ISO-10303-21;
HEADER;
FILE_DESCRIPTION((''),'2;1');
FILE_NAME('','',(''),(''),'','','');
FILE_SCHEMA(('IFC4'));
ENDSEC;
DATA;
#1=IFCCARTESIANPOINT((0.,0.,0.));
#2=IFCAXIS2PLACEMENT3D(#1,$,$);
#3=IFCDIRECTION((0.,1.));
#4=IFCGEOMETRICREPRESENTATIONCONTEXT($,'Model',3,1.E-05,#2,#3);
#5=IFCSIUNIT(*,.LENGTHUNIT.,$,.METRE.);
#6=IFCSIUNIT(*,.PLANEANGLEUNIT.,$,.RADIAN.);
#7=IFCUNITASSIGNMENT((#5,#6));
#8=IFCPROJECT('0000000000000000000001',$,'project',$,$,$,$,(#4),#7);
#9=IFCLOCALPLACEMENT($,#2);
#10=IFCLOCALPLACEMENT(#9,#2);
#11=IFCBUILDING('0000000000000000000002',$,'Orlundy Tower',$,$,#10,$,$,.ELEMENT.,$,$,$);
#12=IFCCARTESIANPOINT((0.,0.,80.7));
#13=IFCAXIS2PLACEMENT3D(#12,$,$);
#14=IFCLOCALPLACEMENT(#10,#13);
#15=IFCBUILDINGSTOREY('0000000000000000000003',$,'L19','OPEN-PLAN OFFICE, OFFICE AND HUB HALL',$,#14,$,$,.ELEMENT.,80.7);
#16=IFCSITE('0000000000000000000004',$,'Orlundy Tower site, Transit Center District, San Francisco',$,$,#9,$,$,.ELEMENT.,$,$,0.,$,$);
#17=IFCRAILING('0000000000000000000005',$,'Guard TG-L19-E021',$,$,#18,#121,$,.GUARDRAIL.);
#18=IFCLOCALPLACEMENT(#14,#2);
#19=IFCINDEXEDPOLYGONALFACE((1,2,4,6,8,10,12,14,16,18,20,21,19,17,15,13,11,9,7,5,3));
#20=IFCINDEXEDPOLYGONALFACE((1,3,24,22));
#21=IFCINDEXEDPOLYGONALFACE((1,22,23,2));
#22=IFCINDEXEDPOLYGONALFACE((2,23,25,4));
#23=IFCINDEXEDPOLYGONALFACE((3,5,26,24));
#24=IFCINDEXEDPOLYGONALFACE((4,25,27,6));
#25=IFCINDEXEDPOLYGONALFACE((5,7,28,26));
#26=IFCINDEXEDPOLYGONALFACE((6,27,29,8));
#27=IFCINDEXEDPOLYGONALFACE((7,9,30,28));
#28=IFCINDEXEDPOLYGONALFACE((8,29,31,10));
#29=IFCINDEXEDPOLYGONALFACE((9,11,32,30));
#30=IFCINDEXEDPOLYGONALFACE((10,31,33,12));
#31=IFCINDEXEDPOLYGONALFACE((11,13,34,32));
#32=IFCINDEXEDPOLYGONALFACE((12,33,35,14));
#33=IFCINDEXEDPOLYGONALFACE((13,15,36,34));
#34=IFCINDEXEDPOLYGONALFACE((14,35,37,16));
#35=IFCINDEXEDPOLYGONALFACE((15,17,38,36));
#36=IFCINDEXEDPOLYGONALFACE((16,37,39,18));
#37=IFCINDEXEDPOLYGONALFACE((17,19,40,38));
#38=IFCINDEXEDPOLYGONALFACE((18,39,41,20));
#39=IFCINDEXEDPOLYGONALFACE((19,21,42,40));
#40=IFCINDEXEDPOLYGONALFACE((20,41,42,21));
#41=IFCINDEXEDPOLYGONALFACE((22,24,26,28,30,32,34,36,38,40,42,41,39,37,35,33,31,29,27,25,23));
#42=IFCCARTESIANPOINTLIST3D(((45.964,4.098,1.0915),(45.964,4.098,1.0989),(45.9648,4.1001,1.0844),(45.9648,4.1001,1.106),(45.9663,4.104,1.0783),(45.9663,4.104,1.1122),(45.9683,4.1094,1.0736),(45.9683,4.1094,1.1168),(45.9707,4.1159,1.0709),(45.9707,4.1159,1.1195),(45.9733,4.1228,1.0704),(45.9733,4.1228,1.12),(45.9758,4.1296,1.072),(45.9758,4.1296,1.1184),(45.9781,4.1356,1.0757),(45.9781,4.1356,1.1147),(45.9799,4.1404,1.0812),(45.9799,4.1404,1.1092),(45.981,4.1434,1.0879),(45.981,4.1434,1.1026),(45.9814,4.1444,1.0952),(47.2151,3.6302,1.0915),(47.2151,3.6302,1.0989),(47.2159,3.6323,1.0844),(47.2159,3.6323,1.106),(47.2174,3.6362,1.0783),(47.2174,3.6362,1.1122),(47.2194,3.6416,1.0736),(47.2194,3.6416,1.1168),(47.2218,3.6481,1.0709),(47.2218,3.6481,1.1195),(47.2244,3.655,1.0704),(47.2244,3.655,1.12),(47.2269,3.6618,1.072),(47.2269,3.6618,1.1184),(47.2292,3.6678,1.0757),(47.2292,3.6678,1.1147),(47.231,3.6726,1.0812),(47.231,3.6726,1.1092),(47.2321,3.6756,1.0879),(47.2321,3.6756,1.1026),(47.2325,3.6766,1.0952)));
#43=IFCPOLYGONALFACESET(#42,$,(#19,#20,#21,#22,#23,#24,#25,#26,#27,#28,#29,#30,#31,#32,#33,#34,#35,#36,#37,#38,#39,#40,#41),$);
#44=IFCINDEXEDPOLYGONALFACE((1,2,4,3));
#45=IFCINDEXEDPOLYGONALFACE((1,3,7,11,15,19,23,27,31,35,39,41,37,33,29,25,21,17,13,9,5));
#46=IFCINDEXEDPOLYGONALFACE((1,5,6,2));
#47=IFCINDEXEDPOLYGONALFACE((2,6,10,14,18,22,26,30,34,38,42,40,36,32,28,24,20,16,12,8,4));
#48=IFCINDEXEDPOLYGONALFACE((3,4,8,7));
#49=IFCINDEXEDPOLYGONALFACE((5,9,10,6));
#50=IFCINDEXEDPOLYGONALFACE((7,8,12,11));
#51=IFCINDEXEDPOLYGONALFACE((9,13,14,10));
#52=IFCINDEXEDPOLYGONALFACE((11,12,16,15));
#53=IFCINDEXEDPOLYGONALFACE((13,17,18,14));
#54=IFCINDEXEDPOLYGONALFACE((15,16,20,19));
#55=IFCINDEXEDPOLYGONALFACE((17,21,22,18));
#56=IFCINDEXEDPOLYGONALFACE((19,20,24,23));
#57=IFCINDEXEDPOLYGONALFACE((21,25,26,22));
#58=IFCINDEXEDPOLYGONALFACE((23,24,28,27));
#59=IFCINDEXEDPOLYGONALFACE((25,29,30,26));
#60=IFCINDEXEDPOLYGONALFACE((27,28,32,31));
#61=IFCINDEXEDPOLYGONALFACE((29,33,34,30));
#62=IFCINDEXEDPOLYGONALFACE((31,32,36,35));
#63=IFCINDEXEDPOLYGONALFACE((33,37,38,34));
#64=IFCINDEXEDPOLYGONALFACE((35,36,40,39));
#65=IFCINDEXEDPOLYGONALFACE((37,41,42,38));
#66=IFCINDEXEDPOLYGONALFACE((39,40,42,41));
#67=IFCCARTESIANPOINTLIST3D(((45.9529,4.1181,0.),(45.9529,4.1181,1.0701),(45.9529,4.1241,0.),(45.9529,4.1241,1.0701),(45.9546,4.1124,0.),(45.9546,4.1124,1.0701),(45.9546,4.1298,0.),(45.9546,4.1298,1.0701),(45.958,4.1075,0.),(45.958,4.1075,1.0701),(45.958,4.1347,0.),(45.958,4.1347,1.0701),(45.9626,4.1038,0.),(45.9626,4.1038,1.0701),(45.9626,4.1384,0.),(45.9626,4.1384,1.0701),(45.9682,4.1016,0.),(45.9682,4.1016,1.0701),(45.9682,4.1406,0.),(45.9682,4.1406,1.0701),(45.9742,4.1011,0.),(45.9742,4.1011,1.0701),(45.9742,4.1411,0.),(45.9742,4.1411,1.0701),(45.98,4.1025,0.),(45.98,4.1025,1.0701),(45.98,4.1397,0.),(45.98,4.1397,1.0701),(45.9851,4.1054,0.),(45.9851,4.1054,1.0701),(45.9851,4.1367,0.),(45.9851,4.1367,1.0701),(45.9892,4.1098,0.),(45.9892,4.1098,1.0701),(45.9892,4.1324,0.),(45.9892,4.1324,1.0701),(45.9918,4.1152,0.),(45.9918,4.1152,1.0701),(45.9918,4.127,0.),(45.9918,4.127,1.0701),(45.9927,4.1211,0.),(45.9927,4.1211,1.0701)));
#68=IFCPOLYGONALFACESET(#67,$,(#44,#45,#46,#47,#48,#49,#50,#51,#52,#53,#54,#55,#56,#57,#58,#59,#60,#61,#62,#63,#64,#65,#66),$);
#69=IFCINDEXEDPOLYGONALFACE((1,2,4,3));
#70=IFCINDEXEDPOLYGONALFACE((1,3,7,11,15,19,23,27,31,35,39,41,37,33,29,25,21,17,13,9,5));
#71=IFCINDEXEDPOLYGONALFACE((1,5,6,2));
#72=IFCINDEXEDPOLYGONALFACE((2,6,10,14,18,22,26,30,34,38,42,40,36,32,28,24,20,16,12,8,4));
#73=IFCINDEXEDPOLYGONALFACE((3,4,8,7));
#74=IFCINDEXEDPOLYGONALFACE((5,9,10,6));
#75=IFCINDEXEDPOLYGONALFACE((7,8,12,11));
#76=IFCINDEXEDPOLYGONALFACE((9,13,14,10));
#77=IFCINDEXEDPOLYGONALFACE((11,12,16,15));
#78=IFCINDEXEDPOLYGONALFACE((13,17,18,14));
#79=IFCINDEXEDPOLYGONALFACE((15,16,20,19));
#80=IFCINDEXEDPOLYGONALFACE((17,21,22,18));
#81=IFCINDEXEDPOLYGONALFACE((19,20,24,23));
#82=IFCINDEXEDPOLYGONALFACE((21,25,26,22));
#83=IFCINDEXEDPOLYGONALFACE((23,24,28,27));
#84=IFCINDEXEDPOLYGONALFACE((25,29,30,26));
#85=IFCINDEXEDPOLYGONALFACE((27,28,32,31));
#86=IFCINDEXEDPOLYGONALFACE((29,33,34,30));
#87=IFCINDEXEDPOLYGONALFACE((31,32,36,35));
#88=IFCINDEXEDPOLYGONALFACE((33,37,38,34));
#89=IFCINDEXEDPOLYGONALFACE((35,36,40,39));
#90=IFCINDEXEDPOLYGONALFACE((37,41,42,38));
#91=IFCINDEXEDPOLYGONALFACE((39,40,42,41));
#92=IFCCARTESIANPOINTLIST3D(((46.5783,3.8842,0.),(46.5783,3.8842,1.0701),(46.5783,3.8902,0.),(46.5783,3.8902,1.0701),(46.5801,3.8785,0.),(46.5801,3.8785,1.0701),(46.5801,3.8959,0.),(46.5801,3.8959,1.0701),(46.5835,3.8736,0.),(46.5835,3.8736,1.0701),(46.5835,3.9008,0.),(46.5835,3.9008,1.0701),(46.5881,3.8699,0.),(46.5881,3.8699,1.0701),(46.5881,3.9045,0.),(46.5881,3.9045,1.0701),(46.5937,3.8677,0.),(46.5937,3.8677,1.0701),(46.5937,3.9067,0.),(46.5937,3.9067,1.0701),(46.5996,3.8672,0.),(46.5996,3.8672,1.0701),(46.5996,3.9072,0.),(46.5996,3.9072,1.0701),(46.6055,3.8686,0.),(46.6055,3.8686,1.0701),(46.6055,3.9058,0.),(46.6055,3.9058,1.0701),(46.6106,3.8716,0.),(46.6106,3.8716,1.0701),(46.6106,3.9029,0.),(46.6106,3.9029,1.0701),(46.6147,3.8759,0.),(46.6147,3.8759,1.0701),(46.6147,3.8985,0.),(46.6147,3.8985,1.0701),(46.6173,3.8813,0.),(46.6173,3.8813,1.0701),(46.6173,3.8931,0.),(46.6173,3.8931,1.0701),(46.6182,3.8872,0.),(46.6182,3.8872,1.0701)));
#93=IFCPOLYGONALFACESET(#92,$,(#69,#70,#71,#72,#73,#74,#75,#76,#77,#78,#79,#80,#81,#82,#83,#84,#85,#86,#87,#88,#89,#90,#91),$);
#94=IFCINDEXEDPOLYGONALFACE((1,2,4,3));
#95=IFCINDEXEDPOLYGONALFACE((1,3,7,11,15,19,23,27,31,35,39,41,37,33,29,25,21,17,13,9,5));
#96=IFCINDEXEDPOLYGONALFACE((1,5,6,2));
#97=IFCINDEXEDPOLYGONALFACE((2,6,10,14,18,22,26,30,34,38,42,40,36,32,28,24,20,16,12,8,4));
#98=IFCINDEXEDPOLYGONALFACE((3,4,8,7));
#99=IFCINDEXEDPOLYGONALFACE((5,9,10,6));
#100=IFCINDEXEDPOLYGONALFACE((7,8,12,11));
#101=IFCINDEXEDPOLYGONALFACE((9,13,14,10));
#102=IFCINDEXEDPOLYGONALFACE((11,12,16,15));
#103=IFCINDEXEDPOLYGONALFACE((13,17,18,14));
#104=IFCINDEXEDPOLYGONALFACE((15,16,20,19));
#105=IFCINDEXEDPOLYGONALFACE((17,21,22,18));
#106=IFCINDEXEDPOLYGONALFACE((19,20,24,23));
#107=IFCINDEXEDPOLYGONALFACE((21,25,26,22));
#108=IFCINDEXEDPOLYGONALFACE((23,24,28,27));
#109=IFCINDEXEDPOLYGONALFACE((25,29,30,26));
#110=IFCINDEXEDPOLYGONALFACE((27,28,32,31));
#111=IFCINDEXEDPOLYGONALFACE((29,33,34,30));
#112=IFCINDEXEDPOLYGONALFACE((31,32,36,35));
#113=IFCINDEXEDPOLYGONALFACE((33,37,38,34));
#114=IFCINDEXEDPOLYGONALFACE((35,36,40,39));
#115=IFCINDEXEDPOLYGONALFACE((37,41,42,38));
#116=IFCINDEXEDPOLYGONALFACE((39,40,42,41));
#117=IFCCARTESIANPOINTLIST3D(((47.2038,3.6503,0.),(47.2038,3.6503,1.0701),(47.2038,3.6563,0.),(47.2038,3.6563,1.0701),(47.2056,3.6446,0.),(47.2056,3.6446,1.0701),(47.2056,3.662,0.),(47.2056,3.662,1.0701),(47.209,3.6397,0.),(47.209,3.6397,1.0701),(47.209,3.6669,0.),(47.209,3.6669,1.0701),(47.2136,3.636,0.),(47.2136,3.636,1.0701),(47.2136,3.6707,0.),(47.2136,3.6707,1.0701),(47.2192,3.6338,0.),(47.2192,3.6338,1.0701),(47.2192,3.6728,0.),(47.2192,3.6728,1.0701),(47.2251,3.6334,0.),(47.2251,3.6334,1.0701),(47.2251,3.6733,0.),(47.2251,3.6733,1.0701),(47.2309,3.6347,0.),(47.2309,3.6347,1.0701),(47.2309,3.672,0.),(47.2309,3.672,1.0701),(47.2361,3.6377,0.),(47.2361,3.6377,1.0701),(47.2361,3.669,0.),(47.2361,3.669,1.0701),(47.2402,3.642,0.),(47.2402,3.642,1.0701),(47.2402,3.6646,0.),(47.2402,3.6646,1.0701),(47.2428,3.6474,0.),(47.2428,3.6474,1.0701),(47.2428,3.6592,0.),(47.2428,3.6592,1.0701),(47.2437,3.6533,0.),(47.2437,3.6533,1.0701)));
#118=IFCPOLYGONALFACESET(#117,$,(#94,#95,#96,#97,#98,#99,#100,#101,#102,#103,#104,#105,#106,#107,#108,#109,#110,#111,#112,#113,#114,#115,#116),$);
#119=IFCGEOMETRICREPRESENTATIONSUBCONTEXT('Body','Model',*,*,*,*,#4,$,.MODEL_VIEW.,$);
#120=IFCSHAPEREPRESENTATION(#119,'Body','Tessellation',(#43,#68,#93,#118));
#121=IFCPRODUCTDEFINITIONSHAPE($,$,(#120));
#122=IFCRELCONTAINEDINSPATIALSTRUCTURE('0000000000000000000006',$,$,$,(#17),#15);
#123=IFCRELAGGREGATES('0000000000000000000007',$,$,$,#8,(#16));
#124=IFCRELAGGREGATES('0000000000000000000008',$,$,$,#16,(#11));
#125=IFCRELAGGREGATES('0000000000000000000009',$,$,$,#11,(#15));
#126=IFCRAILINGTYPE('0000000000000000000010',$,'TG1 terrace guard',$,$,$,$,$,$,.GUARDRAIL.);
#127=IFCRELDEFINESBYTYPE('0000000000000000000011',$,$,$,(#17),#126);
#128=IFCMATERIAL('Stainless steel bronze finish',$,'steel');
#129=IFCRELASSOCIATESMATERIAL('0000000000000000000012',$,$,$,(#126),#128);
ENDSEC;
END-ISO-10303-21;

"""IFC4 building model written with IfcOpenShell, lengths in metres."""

from ifc_helpers import new_model, si_unit, direction, frame, origin, origin_2d, place, context, subcontext, project, spatial, circle, extrude, material, type_object, element, save


model = new_model("IFC4")

# Units and contexts
model_context = context("Model", 3, precision=1e-05, world=origin(), true_north=direction((0.0, 1.0)))
body_context = subcontext(model_context, "Body", "Model", "MODEL_VIEW")
ifc_project = project(units=[si_unit("LENGTHUNIT", "METRE"), si_unit("PLANEANGLEUNIT", "RADIAN")], contexts=[model_context])

# Site, building, storey
site_placement = place(None, origin())
site = spatial("IfcSite", under=ifc_project, at=site_placement, Name="Orlundy Tower site, Transit Center District, San Francisco", CompositionType="ELEMENT", RefElevation=0.0)
building_placement = place(site_placement, origin())
building = spatial("IfcBuilding", under=site, at=building_placement, Name="Orlundy Tower", CompositionType="ELEMENT")
storey_placement = place(building_placement, frame((0.0, 0.0, 80.7)))
storey = spatial("IfcBuildingStorey", under=building, at=storey_placement, Name="L19", Description="OPEN-PLAN OFFICE, OFFICE AND HUB HALL", CompositionType="ELEMENT", Elevation=80.7)

# Railing
ifc_material_1 = material(Name="Stainless steel bronze finish", Category="steel")
railing_type = type_object("IfcRailingType", Name="TG1 terrace guard", PredefinedType="GUARDRAIL", material=ifc_material_1)
railing_1_placement = place(storey_placement, frame((45.9727, 4.1211, 0.0)))
element("IfcRailing", 1, at=railing_1_placement, inside=storey, type_object=railing_type, Name="Guard TG-L19-E021", PredefinedType="GUARDRAIL", context=body_context, shape_type="SweptSolid", body=[
    extrude(circle(Radius=0.0249, at=origin_2d()), frame((0.0, 0.0, 1.0952), z_axis=(0.936659, -0.350242, 0.0), x_axis=(0.350242, 0.936659, 0.0)), (0.0, 0.0, 1.0), 1.3357),
    extrude(circle(Radius=0.02, at=origin_2d()), origin(), (0.0, 0.0, 1.0), 1.0701),
    extrude(circle(Radius=0.02, at=origin_2d()), frame((0.6255, -0.2339, 0.0)), (0.0, 0.0, 1.0), 1.0701),
    extrude(circle(Radius=0.02, at=origin_2d()), frame((1.251, -0.4678, 0.0)), (0.0, 0.0, 1.0), 1.0701),
])

save(model, "model.ifc")
